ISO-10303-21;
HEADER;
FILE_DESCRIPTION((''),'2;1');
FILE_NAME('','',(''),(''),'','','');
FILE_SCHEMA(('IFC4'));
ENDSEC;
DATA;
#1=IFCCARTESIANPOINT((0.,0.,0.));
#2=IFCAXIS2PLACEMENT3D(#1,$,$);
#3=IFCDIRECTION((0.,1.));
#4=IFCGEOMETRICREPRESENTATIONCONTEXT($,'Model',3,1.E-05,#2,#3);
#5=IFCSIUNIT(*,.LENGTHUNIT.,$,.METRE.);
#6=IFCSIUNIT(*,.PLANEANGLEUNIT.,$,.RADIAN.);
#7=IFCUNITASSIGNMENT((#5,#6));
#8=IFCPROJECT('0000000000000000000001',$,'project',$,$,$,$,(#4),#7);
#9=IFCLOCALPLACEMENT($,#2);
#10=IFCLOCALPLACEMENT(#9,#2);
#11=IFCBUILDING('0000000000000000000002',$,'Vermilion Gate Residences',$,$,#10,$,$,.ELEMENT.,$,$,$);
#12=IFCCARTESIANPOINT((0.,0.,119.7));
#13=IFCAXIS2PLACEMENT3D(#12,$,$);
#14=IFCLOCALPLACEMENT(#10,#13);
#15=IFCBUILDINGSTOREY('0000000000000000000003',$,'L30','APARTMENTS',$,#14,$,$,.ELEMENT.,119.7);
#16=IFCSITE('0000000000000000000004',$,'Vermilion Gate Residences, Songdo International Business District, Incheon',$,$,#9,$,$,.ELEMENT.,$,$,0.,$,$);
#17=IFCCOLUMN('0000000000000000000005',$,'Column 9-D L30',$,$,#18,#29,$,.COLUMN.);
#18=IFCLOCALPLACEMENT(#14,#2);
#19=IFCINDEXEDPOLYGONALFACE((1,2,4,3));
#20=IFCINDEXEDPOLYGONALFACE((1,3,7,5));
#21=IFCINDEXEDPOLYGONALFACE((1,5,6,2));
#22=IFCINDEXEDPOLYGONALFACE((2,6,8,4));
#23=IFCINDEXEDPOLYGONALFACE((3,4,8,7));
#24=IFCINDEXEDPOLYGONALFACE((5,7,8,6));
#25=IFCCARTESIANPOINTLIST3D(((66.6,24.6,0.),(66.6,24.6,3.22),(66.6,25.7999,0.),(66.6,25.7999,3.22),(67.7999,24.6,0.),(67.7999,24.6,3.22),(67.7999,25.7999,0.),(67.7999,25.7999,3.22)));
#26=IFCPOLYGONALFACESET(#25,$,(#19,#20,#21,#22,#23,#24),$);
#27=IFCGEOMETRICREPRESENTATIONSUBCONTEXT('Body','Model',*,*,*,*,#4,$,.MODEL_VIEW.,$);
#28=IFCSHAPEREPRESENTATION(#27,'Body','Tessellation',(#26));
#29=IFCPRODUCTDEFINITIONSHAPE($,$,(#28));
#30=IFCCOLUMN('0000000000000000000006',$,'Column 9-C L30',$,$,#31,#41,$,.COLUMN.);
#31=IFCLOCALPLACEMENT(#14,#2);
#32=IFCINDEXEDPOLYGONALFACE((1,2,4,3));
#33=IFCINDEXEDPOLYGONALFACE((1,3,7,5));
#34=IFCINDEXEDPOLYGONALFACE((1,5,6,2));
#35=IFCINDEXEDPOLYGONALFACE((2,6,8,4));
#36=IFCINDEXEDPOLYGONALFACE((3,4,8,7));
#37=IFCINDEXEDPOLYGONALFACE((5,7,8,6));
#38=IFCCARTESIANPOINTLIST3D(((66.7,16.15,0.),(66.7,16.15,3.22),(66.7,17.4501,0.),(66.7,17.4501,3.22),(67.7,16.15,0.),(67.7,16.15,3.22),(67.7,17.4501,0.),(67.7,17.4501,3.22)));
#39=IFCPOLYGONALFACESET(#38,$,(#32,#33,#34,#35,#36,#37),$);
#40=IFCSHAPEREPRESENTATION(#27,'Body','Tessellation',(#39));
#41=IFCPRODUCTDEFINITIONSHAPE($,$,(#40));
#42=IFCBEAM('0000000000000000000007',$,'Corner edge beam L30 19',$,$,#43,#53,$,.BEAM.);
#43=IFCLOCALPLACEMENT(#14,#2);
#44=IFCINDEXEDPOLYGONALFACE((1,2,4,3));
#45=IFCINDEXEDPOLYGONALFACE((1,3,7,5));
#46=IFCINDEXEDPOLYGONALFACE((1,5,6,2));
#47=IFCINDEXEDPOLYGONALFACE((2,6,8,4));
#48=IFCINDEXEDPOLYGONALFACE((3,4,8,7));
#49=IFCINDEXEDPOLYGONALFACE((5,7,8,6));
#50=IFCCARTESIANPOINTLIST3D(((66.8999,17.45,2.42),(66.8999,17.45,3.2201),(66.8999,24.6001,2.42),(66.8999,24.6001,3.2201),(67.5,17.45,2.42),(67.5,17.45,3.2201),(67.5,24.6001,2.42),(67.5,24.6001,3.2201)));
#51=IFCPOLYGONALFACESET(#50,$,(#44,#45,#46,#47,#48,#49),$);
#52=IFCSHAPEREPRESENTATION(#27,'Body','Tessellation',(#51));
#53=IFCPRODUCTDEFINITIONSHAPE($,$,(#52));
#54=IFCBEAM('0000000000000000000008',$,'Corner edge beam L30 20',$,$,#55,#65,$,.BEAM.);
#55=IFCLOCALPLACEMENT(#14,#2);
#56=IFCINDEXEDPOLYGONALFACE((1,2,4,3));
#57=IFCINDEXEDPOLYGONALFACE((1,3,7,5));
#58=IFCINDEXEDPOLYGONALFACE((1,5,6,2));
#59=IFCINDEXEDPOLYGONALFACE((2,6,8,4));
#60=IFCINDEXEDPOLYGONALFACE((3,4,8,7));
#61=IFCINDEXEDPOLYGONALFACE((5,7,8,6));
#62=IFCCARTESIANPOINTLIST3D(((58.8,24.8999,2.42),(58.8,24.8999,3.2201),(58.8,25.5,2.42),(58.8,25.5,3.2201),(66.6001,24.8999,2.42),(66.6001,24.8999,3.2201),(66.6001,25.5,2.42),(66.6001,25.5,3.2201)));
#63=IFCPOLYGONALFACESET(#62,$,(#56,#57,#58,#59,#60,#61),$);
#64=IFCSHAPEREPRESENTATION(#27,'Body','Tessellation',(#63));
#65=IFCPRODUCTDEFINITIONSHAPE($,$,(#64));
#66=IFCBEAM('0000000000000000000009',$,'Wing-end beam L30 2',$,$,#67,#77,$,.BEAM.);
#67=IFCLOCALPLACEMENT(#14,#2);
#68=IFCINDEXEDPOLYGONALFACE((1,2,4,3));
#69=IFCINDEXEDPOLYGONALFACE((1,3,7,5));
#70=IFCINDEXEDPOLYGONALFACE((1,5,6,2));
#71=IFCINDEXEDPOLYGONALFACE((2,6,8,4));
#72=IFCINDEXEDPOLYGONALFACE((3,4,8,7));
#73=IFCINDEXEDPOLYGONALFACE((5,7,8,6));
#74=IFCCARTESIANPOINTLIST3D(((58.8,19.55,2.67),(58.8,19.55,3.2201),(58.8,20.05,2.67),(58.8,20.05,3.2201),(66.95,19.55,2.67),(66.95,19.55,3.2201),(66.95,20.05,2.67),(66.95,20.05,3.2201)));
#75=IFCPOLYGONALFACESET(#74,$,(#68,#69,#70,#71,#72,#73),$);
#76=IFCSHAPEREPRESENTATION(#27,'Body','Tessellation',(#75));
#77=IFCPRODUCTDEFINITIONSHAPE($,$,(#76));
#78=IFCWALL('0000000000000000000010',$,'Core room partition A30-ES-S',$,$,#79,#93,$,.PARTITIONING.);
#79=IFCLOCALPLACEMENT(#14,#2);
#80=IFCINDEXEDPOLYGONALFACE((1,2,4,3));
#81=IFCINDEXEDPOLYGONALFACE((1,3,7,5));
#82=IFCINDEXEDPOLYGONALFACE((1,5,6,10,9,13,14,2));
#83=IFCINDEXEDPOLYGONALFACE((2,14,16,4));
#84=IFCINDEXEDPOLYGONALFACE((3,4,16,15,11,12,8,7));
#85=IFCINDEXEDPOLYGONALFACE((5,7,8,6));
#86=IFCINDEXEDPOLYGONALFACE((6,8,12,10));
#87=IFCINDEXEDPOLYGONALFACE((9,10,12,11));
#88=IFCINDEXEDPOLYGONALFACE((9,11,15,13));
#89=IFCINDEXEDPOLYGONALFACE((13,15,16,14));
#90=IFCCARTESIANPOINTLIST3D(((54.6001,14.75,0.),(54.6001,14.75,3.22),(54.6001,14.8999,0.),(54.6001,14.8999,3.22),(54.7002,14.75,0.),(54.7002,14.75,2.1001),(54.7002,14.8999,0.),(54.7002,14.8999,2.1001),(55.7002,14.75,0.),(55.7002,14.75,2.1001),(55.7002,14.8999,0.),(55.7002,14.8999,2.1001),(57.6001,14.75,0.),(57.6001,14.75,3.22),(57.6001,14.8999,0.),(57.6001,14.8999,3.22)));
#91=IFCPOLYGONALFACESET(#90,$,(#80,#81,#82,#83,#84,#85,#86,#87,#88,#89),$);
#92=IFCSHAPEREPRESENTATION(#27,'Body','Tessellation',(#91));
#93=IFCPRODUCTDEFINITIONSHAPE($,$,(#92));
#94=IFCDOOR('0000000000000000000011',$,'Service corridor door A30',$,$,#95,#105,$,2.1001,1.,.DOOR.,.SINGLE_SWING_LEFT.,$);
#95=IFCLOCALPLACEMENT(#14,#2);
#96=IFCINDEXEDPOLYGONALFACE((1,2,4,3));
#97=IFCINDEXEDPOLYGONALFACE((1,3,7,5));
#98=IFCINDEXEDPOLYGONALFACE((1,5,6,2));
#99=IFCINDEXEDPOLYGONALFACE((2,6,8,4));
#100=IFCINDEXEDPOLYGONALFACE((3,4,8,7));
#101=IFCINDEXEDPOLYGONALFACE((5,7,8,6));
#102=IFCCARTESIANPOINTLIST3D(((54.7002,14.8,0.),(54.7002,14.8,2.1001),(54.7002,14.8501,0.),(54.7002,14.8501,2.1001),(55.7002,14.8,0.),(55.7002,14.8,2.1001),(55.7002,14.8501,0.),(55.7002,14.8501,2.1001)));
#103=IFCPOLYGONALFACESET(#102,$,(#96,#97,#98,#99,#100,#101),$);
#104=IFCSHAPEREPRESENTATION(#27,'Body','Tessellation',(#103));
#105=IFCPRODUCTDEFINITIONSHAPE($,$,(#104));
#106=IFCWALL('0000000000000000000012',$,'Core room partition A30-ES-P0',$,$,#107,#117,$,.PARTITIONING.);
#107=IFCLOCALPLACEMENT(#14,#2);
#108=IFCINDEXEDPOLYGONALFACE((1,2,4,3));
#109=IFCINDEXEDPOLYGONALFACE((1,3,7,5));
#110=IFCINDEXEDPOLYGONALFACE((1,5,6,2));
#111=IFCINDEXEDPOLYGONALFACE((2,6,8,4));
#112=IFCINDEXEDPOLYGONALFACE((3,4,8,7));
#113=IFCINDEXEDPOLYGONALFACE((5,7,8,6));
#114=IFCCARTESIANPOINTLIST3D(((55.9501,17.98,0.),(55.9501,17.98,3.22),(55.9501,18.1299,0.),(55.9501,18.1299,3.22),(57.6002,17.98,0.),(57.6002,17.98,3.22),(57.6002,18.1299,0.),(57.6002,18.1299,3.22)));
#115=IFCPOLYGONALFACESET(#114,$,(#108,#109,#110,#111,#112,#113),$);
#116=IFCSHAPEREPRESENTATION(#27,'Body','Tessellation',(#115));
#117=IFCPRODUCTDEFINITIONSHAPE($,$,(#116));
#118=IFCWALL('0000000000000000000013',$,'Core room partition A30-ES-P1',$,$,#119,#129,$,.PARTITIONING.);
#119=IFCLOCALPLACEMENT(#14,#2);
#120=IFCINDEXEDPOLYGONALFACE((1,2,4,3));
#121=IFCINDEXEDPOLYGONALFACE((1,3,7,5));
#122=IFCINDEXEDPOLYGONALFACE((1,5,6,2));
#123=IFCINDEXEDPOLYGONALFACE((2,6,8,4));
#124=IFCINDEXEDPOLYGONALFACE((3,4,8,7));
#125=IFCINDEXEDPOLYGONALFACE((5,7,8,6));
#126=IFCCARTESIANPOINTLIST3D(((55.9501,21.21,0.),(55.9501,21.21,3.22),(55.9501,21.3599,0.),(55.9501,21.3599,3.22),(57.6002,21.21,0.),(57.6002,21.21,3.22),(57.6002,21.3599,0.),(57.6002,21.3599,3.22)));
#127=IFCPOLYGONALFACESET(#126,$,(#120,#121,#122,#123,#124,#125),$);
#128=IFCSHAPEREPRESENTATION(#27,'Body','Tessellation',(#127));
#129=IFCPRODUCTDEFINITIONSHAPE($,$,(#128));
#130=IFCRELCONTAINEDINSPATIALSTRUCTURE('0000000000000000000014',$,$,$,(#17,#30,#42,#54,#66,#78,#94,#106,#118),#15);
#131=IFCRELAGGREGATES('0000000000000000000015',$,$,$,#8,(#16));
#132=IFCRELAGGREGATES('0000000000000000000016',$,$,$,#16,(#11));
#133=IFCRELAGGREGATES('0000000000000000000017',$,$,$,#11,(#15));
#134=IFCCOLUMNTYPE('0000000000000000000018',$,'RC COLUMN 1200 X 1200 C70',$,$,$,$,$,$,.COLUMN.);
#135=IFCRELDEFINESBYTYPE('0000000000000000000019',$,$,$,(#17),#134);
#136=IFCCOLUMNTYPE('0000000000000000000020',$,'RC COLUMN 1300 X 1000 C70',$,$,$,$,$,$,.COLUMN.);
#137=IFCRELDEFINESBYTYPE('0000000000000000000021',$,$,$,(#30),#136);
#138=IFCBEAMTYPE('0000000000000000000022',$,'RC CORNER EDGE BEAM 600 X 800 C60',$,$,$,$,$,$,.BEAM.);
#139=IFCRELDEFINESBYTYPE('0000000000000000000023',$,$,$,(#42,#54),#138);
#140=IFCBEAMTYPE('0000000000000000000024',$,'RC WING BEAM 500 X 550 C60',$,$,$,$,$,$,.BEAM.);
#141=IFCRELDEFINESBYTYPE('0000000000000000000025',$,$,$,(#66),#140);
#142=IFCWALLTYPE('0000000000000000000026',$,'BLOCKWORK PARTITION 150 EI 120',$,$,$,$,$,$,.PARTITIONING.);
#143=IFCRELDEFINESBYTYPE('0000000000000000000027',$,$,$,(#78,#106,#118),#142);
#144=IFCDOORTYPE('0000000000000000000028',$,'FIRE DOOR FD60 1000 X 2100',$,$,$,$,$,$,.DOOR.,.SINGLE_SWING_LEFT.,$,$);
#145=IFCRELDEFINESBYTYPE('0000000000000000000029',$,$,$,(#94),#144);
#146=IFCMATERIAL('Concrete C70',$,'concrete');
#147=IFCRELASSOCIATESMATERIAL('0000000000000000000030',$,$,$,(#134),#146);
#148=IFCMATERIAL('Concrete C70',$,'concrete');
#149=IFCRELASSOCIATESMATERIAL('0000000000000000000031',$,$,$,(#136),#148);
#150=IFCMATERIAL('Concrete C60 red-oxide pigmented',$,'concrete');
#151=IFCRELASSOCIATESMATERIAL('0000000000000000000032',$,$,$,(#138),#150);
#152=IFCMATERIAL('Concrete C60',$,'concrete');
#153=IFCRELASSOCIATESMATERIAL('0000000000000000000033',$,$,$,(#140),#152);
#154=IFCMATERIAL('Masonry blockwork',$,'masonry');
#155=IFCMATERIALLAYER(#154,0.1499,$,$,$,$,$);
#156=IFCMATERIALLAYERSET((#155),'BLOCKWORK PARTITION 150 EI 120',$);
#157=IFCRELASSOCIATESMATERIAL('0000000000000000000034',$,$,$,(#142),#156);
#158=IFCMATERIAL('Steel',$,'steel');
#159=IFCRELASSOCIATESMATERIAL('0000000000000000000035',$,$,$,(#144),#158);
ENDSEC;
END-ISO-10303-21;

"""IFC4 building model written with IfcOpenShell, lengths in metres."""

from ifc_helpers import new_model, si_unit, direction, frame, frame_2d, origin, origin_2d, place, context, subcontext, project, spatial, rectangle, extrude, material, layer, layer_set, material_profile, profile_set, type_object, element, fill, save


model = new_model("IFC4")

# Units and contexts
model_context = context("Model", 3, precision=1e-05, world=origin(), true_north=direction((0.0, 1.0)))
body_context = subcontext(model_context, "Body", "Model", "MODEL_VIEW")
ifc_project = project(units=[si_unit("LENGTHUNIT", "METRE"), si_unit("PLANEANGLEUNIT", "RADIAN")], contexts=[model_context])

# Site, building, storey
site_placement = place(None, origin())
site = spatial("IfcSite", under=ifc_project, at=site_placement, Name="Vermilion Gate Residences, Songdo International Business District, Incheon", CompositionType="ELEMENT", RefElevation=0.0)
building_placement = place(site_placement, origin())
building = spatial("IfcBuilding", under=site, at=building_placement, Name="Vermilion Gate Residences", CompositionType="ELEMENT")
storey_placement = place(building_placement, frame((0.0, 0.0, 119.7)))
storey = spatial("IfcBuildingStorey", under=building, at=storey_placement, Name="L30", Description="APARTMENTS", CompositionType="ELEMENT", Elevation=119.7)

# Columns
ifc_material_1 = material(Name="Concrete C70", Category="concrete")
ifc_material_profile_1 = material_profile(ifc_material_1, rectangle(XDim=1.2, YDim=1.2, at=origin_2d()), Name="RC-1200x1200")
ifc_profile_set_1 = profile_set([ifc_material_profile_1], Name="Concrete C70")
column_type_1 = type_object("IfcColumnType", Name="RC COLUMN 1200 X 1200 C70", PredefinedType="COLUMN", material=ifc_profile_set_1)
column_1_placement = place(storey_placement, frame((67.2, 25.2, 0.0), z_axis=(0.0, 0.0, 1.0), x_axis=(1.0, 0.0, 0.0)))
element("IfcColumn", 1, at=column_1_placement, inside=storey, type_object=column_type_1, Name="Column 9-D L30", PredefinedType="COLUMN", context=body_context, shape_type="SweptSolid", body=[
    extrude(rectangle(XDim=1.2, YDim=1.2, at=origin_2d()), origin(), (0.0, 0.0, 1.0), 3.22),
])
ifc_material_2 = material(Name="Concrete C70", Category="concrete")
ifc_material_profile_2 = material_profile(ifc_material_2, rectangle(XDim=1.3, YDim=1.0, at=origin_2d()), Name="RC-1300x1000")
ifc_profile_set_2 = profile_set([ifc_material_profile_2], Name="Concrete C70")
column_type_2 = type_object("IfcColumnType", Name="RC COLUMN 1300 X 1000 C70", PredefinedType="COLUMN", material=ifc_profile_set_2)
column_2_placement = place(storey_placement, frame((67.2, 16.8, 0.0), z_axis=(0.0, 0.0, 1.0), x_axis=(0.0, 1.0, 0.0)))
element("IfcColumn", 2, at=column_2_placement, inside=storey, type_object=column_type_2, Name="Column 9-C L30", PredefinedType="COLUMN", context=body_context, shape_type="SweptSolid", body=[
    extrude(rectangle(XDim=1.3, YDim=1.0, at=origin_2d()), origin(), (0.0, 0.0, 1.0), 3.22),
])

# Beams
ifc_material_3 = material(Name="Concrete C60 red-oxide pigmented", Category="concrete")
ifc_material_profile_3 = material_profile(ifc_material_3, rectangle(XDim=0.6001, YDim=0.8, at=origin_2d()), Name="RC-600x800")
ifc_profile_set_3 = profile_set([ifc_material_profile_3], Name="Concrete C60 red-oxide pigmented")
beam_type_1 = type_object("IfcBeamType", Name="RC CORNER EDGE BEAM 600 X 800 C60", PredefinedType="BEAM", material=ifc_profile_set_3)
beam_1_placement = place(storey_placement, frame((67.2, 17.45, 2.8201), z_axis=(0.0, 1.0, 0.0), x_axis=(-1.0, 0.0, 0.0)))
element("IfcBeam", 3, at=beam_1_placement, inside=storey, type_object=beam_type_1, Name="Corner edge beam L30 19", PredefinedType="BEAM", context=body_context, shape_type="SweptSolid", body=[
    extrude(rectangle(XDim=0.6001, YDim=0.8, at=origin_2d()), origin(), (0.0, 0.0, 1.0), 7.1501),
])
beam_2_placement = place(storey_placement, frame((58.8, 25.2, 2.8201), z_axis=(1.0, 0.0, 0.0), x_axis=(0.0, 1.0, 0.0)))
element("IfcBeam", 4, at=beam_2_placement, inside=storey, type_object=beam_type_1, Name="Corner edge beam L30 20", PredefinedType="BEAM", context=body_context, shape_type="SweptSolid", body=[
    extrude(rectangle(XDim=0.6001, YDim=0.8, at=origin_2d()), origin(), (0.0, 0.0, 1.0), 7.8),
])
ifc_material_4 = material(Name="Concrete C60", Category="concrete")
ifc_material_profile_4 = material_profile(ifc_material_4, rectangle(XDim=0.5, YDim=0.55, at=origin_2d()), Name="RC-500x550")
ifc_profile_set_4 = profile_set([ifc_material_profile_4], Name="Concrete C60")
beam_type_2 = type_object("IfcBeamType", Name="RC WING BEAM 500 X 550 C60", PredefinedType="BEAM", material=ifc_profile_set_4)
beam_3_placement = place(storey_placement, frame((58.8, 19.8, 2.9451), z_axis=(1.0, 0.0, 0.0), x_axis=(0.0, 1.0, 0.0)))
element("IfcBeam", 5, at=beam_3_placement, inside=storey, type_object=beam_type_2, Name="Wing-end beam L30 2", PredefinedType="BEAM", context=body_context, shape_type="SweptSolid", body=[
    extrude(rectangle(XDim=0.5, YDim=0.55, at=origin_2d()), origin(), (0.0, 0.0, 1.0), 8.1499),
])

# Wall, opening, door
ifc_material_5 = material(Name="Masonry blockwork", Category="masonry")
ifc_layer_1 = layer(ifc_material_5, 0.1499)
ifc_layer_set_1 = layer_set([ifc_layer_1], Name="BLOCKWORK PARTITION 150 EI 120")
wall_type_1 = type_object("IfcWallType", Name="BLOCKWORK PARTITION 150 EI 120", PredefinedType="PARTITIONING", material=ifc_layer_set_1)
wall_1_placement = place(storey_placement, frame((54.6001, 14.825, 0.0), z_axis=(0.0, 0.0, 1.0), x_axis=(1.0, 0.0, 0.0)))
wall_1 = element("IfcWall", 6, at=wall_1_placement, inside=storey, type_object=wall_type_1, Name="Core room partition A30-ES-S", PredefinedType="PARTITIONING", context=body_context, shape_type="SweptSolid", body=[
    extrude(rectangle(XDim=3.0, YDim=0.1499, at=frame_2d((1.5, 0.0))), origin(), (0.0, 0.0, 1.0), 3.22),
])
opening_1_placement = place(wall_1_placement, frame((0.1001, 0.0, 0.0)))
opening_1 = element("IfcOpeningElement", 7, at=opening_1_placement, cuts=wall_1, PredefinedType="OPENING", context=body_context, shape_type="SweptSolid", body=[
    extrude(rectangle(XDim=1.0, YDim=2.1001, at=frame_2d((0.5, 1.05))), frame((0.0, 0.085, 0.0), z_axis=(0.0, -1.0, 0.0), x_axis=(1.0, 0.0, 0.0)), (0.0, 0.0, 1.0), 0.1699),
])
ifc_material_6 = material(Name="Steel", Category="steel")
door_type_1 = type_object("IfcDoorType", Name="FIRE DOOR FD60 1000 X 2100", OperationType="SINGLE_SWING_LEFT", PredefinedType="DOOR", material=ifc_material_6)
door_1_placement = place(opening_1_placement, frame((1.0, 0.0, 0.0), z_axis=(0.0, 0.0, 1.0), x_axis=(-1.0, 0.0, 0.0)))
door_1 = element("IfcDoor", 8, at=door_1_placement, inside=storey, type_object=door_type_1, Name="Service corridor door A30", OperationType="SINGLE_SWING_LEFT", OverallHeight=2.1001, OverallWidth=1.0, PredefinedType="DOOR", context=body_context, shape_type="SweptSolid", body=[
    extrude(rectangle(XDim=1.0, YDim=2.1001, at=frame_2d((0.5, 1.05))), frame((0.0, 0.0249, 0.0), z_axis=(0.0, -1.0, 0.0), x_axis=(1.0, 0.0, 0.0)), (0.0, 0.0, 1.0), 0.05),
])
fill(opening_1, door_1)

# Walls
for number, where, z_axis, x_axis, name in (
    (9, (55.95, 18.0549, 0.0), (0.0, 0.0, 1.0), (1.0, 0.0, 0.0), "Core room partition A30-ES-P0"),
    (10, (55.95, 21.2849, 0.0), (0.0, 0.0, 1.0), (1.0, 0.0, 0.0), "Core room partition A30-ES-P1"),
):
    element("IfcWall", number, at=place(storey_placement, frame(where, z_axis=z_axis, x_axis=x_axis)), inside=storey, type_object=wall_type_1, Name=name, PredefinedType="PARTITIONING", context=body_context, shape_type="SweptSolid", body=[
        extrude(rectangle(XDim=1.6501, YDim=0.1499, at=frame_2d((0.8252, 0.0))), origin(), (0.0, 0.0, 1.0), 3.22),
    ])

save(model, "model.ifc")
